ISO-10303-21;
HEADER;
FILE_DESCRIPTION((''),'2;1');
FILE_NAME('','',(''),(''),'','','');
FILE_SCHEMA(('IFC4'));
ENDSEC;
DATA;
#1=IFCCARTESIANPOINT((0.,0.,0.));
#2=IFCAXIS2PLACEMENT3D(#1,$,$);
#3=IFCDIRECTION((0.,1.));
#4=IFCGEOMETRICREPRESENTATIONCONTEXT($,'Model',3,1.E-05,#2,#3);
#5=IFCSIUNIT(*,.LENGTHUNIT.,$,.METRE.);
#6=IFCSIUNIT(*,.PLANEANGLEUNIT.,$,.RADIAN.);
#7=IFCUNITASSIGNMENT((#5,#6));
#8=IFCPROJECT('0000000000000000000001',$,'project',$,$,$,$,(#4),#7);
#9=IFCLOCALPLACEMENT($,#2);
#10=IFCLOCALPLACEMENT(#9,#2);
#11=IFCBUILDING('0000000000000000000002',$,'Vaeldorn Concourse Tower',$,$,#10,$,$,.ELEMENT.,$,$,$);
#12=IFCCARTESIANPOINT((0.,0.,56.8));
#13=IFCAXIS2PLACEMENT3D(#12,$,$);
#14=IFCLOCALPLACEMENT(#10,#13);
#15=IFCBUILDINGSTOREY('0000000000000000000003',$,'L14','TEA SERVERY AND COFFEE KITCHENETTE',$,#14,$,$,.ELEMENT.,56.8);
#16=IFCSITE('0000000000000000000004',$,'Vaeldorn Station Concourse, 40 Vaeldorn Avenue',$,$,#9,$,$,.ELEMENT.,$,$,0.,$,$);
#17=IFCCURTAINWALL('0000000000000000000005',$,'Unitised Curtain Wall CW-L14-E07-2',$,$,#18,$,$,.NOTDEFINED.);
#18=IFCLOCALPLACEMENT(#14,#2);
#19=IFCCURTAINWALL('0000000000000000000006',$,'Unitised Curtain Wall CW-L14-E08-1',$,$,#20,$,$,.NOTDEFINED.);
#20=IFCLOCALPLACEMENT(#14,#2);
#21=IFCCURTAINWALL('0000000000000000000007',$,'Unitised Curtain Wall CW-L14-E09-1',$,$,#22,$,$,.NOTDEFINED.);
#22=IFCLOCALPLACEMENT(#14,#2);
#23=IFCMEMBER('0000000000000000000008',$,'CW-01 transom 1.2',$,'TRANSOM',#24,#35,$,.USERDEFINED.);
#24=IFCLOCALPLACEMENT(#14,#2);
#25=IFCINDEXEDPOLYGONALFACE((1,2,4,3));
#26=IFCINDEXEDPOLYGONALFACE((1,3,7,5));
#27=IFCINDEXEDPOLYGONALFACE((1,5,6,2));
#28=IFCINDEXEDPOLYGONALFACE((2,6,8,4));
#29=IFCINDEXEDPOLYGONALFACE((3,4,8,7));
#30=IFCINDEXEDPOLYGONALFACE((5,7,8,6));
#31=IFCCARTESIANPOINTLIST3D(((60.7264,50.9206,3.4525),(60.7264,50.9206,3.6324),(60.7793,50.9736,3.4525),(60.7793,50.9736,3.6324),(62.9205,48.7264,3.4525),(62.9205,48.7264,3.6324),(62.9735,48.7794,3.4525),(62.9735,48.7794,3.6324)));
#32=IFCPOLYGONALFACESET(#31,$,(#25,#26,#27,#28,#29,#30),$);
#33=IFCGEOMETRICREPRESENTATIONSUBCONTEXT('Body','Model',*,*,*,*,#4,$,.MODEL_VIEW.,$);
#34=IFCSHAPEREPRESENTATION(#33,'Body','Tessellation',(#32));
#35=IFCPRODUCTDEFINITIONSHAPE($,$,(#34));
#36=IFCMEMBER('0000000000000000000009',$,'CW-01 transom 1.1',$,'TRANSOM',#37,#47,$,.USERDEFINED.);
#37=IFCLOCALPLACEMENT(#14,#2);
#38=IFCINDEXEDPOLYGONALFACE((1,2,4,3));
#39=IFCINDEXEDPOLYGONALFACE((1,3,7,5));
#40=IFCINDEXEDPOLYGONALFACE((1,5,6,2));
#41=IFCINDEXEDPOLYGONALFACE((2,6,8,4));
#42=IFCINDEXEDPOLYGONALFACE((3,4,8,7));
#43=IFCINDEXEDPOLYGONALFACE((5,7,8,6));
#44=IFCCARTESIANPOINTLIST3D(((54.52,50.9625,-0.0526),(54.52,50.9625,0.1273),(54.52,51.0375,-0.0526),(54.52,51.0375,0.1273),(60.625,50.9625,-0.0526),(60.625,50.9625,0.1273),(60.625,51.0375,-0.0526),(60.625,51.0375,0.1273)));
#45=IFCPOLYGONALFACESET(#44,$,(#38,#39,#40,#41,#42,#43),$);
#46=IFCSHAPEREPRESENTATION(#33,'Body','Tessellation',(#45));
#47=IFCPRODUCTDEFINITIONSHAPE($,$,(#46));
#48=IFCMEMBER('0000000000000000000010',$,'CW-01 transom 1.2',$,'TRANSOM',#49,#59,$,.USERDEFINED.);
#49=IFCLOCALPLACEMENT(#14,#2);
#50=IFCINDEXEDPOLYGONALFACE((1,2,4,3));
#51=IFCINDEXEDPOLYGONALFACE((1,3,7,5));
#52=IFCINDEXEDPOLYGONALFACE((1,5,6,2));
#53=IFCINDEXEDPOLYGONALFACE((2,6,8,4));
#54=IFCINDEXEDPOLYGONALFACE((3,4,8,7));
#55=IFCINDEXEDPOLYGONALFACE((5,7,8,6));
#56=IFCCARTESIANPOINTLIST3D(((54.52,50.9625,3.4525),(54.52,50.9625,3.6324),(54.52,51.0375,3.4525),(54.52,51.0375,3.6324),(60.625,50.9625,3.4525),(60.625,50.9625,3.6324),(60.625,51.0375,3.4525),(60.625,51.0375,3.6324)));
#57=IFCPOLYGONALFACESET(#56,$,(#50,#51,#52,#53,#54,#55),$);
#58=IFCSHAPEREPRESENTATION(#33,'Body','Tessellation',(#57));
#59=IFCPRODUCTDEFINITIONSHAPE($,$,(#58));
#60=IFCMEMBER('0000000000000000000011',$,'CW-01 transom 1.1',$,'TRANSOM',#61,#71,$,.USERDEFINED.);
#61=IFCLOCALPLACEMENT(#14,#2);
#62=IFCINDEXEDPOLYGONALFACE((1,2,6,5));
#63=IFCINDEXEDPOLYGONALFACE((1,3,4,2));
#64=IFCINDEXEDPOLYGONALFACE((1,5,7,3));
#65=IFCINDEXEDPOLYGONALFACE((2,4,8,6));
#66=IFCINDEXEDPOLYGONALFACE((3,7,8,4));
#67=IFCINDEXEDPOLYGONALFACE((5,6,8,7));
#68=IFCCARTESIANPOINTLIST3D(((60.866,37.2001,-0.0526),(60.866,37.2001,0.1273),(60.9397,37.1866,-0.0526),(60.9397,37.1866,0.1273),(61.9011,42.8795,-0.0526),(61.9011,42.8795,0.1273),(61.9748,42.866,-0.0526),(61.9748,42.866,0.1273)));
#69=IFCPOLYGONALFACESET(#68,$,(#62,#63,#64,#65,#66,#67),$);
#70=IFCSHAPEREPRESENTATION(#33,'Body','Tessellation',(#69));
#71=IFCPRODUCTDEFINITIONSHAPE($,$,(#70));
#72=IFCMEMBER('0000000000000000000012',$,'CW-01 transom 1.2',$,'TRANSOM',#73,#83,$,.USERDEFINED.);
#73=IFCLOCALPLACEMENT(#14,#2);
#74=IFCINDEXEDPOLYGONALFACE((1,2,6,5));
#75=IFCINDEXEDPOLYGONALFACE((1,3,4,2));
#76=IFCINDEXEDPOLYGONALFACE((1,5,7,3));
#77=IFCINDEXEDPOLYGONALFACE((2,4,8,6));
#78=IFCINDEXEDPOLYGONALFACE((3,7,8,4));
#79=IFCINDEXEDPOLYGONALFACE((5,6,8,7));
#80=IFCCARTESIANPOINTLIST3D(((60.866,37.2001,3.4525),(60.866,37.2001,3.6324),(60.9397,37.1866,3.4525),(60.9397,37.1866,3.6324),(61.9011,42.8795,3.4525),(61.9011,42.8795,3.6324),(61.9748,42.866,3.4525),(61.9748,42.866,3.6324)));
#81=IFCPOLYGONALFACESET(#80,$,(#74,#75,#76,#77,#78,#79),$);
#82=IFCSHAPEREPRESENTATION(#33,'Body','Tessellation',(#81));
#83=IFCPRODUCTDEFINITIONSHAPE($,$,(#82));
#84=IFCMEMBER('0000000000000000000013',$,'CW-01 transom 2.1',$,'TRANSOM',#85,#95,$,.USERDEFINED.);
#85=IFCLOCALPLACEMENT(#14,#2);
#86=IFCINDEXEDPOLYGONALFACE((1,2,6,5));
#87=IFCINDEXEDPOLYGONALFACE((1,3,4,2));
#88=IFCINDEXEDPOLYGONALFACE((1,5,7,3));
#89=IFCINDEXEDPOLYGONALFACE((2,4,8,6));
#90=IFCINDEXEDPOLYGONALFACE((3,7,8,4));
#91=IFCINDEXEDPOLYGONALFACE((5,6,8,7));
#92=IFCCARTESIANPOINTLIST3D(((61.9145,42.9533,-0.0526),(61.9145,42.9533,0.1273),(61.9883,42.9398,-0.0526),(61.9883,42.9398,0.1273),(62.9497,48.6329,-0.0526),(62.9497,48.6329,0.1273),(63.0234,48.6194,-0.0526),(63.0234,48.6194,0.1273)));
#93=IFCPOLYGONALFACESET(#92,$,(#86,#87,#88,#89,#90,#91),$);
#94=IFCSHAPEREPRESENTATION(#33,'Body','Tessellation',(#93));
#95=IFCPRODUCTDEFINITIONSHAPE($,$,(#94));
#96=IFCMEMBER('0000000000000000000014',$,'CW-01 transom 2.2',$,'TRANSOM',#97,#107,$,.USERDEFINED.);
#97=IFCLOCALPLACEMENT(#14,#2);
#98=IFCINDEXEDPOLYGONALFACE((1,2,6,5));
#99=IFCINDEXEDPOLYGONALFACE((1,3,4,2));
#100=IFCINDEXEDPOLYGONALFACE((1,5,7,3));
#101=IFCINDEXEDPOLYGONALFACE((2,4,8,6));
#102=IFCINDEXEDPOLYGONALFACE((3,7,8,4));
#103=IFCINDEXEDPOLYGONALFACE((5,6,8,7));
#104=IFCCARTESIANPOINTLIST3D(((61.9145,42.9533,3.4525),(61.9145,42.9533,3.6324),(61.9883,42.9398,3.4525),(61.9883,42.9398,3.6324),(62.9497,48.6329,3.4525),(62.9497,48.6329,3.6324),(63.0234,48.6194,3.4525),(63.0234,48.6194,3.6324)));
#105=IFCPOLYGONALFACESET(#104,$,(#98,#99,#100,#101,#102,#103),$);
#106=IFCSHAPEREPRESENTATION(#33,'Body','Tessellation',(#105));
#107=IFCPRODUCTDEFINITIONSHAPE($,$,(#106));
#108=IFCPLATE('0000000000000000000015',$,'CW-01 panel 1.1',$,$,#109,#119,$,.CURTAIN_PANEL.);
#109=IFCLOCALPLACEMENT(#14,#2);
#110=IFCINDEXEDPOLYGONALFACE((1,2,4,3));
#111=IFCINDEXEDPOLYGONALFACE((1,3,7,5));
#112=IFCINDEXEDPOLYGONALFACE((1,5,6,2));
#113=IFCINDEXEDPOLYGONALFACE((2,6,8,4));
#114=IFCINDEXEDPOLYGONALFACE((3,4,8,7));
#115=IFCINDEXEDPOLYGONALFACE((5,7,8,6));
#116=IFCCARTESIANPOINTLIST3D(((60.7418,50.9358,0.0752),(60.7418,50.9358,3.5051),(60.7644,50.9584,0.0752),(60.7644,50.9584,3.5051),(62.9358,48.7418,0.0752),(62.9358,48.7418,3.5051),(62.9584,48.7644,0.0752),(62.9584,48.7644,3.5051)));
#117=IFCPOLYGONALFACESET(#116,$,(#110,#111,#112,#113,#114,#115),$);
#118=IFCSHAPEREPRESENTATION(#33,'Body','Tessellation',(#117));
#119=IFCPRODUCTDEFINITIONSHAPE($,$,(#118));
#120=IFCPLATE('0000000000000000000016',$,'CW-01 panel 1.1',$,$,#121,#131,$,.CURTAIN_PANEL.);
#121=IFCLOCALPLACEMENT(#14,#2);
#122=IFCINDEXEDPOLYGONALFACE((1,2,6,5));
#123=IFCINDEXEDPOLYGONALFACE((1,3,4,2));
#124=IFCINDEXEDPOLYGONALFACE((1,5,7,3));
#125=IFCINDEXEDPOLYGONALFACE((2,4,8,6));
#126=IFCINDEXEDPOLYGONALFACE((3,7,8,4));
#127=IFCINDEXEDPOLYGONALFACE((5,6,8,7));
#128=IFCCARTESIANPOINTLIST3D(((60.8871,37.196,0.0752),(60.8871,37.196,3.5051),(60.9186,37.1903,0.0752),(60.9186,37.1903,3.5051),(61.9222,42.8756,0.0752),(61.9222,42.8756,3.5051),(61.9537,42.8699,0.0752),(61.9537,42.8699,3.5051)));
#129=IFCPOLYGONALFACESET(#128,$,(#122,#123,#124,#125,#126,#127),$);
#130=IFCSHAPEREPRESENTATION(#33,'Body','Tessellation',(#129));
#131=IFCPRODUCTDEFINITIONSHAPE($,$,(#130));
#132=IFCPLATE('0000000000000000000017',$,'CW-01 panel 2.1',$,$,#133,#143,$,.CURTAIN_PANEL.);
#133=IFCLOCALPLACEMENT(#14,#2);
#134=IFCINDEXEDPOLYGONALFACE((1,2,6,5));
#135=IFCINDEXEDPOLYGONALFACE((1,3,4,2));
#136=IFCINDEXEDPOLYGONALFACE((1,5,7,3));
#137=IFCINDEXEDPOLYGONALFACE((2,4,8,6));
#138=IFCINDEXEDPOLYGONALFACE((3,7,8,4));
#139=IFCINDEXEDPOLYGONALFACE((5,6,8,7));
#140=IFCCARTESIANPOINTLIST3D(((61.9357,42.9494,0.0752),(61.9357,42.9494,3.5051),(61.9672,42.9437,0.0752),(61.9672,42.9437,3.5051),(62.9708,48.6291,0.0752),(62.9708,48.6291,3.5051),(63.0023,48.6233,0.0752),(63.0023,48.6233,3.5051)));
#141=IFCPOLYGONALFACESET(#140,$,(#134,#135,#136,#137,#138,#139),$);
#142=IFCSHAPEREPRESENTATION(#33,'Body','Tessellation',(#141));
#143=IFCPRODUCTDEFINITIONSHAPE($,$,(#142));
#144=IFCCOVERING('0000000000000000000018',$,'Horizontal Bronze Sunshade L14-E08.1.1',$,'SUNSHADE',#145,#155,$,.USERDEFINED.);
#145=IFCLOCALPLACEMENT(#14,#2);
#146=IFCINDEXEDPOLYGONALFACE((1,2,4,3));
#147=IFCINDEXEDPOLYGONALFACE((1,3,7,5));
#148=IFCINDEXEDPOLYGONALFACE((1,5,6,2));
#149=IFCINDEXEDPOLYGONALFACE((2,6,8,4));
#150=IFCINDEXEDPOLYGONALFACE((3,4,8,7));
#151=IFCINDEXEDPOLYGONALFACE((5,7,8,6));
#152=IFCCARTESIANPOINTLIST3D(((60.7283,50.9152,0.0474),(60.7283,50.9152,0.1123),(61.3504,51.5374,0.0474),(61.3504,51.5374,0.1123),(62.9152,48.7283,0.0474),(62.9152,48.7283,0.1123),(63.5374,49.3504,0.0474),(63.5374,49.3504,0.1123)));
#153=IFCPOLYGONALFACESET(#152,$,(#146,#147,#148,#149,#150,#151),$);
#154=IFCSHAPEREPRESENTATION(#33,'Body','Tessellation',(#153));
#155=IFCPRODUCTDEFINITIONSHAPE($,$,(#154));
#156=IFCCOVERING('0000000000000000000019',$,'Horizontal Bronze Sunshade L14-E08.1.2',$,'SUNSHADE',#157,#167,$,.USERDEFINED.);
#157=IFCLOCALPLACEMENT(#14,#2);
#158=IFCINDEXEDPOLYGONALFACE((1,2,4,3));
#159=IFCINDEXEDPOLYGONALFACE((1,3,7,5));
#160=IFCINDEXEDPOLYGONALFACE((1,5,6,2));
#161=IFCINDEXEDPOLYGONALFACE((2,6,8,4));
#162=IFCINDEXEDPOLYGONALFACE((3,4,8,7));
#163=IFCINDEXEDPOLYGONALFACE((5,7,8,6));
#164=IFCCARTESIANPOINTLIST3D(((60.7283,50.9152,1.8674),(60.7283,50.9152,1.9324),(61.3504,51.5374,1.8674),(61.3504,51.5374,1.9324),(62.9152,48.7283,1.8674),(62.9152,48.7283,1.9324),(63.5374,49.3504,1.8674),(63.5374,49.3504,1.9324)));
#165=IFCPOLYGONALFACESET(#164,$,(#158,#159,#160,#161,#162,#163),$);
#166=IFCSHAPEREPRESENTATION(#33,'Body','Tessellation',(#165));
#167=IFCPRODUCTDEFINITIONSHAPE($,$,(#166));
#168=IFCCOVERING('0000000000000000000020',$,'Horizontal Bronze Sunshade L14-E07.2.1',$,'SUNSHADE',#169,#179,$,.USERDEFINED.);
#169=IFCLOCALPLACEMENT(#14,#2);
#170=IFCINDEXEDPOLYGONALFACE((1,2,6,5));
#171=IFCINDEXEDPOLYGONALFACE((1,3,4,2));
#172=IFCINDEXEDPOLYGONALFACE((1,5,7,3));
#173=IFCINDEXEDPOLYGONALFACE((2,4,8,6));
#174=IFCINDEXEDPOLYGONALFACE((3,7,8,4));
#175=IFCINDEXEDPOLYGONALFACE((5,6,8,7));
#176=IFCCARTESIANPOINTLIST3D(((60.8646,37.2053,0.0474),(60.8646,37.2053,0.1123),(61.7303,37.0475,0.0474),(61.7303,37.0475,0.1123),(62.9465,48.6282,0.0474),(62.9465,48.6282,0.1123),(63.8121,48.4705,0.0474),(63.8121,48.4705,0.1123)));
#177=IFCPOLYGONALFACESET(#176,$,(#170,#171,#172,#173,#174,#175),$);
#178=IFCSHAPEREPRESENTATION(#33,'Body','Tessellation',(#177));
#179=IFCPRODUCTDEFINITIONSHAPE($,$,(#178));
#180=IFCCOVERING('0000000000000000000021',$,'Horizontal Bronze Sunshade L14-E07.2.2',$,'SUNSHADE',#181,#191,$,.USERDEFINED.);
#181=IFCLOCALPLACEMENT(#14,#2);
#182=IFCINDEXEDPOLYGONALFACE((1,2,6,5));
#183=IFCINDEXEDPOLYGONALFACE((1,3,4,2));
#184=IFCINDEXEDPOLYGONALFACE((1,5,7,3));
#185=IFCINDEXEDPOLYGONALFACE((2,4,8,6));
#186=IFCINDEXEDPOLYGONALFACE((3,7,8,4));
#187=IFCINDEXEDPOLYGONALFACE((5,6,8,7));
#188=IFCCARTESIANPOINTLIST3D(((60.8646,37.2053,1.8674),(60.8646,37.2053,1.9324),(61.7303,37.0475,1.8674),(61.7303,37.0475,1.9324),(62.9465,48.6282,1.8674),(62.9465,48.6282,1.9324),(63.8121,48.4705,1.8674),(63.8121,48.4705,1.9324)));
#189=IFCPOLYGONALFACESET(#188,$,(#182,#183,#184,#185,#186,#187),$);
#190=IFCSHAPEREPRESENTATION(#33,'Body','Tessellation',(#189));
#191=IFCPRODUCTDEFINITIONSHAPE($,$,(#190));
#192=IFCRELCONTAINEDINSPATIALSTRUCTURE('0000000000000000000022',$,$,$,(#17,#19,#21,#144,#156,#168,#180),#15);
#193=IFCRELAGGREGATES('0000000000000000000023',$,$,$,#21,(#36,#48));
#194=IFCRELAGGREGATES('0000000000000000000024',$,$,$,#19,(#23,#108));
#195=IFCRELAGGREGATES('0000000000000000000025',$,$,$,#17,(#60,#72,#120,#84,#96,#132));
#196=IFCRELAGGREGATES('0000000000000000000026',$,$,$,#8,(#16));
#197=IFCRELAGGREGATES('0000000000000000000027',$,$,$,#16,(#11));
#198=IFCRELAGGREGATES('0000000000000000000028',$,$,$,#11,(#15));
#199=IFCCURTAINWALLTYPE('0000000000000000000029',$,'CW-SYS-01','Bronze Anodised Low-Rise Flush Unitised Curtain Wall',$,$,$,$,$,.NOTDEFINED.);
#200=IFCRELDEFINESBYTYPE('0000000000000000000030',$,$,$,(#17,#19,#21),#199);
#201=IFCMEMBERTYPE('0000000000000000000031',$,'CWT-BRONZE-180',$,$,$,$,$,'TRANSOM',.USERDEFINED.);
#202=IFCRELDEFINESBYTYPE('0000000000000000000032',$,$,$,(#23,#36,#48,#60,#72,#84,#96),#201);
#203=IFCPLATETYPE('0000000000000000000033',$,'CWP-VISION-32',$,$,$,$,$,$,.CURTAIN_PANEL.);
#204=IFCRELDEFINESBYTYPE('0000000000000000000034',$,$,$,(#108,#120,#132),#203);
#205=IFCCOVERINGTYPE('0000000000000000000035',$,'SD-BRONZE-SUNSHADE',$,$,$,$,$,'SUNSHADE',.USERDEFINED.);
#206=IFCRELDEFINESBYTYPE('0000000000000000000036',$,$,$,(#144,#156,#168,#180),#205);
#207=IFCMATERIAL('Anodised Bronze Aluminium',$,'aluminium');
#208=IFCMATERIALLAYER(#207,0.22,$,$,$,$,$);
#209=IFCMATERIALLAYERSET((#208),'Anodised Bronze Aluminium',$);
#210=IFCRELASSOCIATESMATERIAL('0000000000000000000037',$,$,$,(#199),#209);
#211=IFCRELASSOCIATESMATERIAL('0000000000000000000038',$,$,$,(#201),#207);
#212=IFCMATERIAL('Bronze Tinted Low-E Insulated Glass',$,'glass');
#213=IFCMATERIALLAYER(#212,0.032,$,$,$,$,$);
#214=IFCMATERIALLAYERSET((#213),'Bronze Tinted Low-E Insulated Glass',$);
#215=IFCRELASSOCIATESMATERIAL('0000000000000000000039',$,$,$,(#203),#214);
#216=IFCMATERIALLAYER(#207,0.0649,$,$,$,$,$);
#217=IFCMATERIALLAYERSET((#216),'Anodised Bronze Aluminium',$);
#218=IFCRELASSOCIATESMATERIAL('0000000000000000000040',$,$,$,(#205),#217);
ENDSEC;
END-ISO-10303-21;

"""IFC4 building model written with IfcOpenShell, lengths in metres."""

from ifc_helpers import new_model, si_unit, direction, frame, origin, origin_2d, place, context, subcontext, project, spatial, rectangle, extrude, source, transform, mapped, material, layer, layer_set, material_profile, profile_set, type_object, element, aggregate, save


model = new_model("IFC4")

# Units and contexts
model_context = context("Model", 3, precision=1e-05, world=origin(), true_north=direction((0.0, 1.0)))
body_context = subcontext(model_context, "Body", "Model", "MODEL_VIEW")
ifc_project = project(units=[si_unit("LENGTHUNIT", "METRE"), si_unit("PLANEANGLEUNIT", "RADIAN")], contexts=[model_context])

# Site, building, storey
site_placement = place(None, origin())
site = spatial("IfcSite", under=ifc_project, at=site_placement, Name="Vaeldorn Station Concourse, 40 Vaeldorn Avenue", CompositionType="ELEMENT", RefElevation=0.0)
building_placement = place(site_placement, origin())
building = spatial("IfcBuilding", under=site, at=building_placement, Name="Vaeldorn Concourse Tower", CompositionType="ELEMENT")
storey_placement = place(building_placement, frame((0.0, 0.0, 56.8)))
storey = spatial("IfcBuildingStorey", under=building, at=storey_placement, Name="L14", Description="TEA SERVERY AND COFFEE KITCHENETTE", CompositionType="ELEMENT", Elevation=56.8)

# Curtain walls
ifc_material_1 = material(Name="Anodised Bronze Aluminium", Category="aluminium")
ifc_layer_1 = layer(ifc_material_1, 0.22)
ifc_layer_set_1 = layer_set([ifc_layer_1], Name="Anodised Bronze Aluminium")
curtain_wall_type = type_object("IfcCurtainWallType", Name="CW-SYS-01", Description="Bronze Anodised Low-Rise Flush Unitised Curtain Wall", PredefinedType="NOTDEFINED", material=ifc_layer_set_1)
curtain_wall_1_placement = place(storey_placement, origin())
curtain_wall_1 = element("IfcCurtainWall", 1, at=curtain_wall_1_placement, inside=storey, type_object=curtain_wall_type, Name="Unitised Curtain Wall CW-L14-E07-2", PredefinedType="NOTDEFINED")
curtain_wall_2_placement = place(storey_placement, origin())
curtain_wall_2 = element("IfcCurtainWall", 2, at=curtain_wall_2_placement, inside=storey, type_object=curtain_wall_type, Name="Unitised Curtain Wall CW-L14-E08-1", PredefinedType="NOTDEFINED")

# Curtain wall
curtain_wall_3_placement = place(storey_placement, origin())
curtain_wall_3 = element("IfcCurtainWall", 3, at=curtain_wall_3_placement, inside=storey, type_object=curtain_wall_type, Name="Unitised Curtain Wall CW-L14-E09-1", PredefinedType="NOTDEFINED")

# Members
ifc_material_profile_1 = material_profile(ifc_material_1, rectangle(XDim=0.075, YDim=0.1799, at=origin_2d()), Name="CWT 75x180")
ifc_profile_set_1 = profile_set([ifc_material_profile_1], Name="Anodised Bronze Aluminium")
member_type_1 = type_object("IfcMemberType", Name="CWT-BRONZE-180", ElementType="TRANSOM", PredefinedType="USERDEFINED", material=ifc_profile_set_1)
shared_shape_1 = source(origin(), body_context, "Body", "SweptSolid", [
    extrude(rectangle(XDim=0.075, YDim=0.1799, at=origin_2d()), origin(), (0.0, 0.0, 1.0), 3.103),
])
member_1_placement = place(storey_placement, frame((62.947, 48.7529, 3.5425), z_axis=(-0.707107, 0.707107, 0.0), x_axis=(-0.707107, -0.707107, 0.0)))
member_1 = element("IfcMember", 4, at=member_1_placement, type_object=member_type_1, Name="CW-01 transom 1.2", ObjectType="TRANSOM", PredefinedType="USERDEFINED", context=body_context, shape_type="MappedRepresentation", body=[
    mapped(shared_shape_1, transform((0.0, 0.0, 0.0), scale=1.0)),
])
shared_shape_2 = source(origin(), body_context, "Body", "SweptSolid", [
    extrude(rectangle(XDim=0.075, YDim=0.1799, at=origin_2d()), origin(), (0.0, 0.0, 1.0), 6.105),
])
member_2_placement = place(storey_placement, frame((60.625, 51.0, 0.0374), z_axis=(-1.0, 0.0, 0.0), x_axis=(0.0, -1.0, 0.0)))
member_2 = element("IfcMember", 5, at=member_2_placement, type_object=member_type_1, Name="CW-01 transom 1.1", ObjectType="TRANSOM", PredefinedType="USERDEFINED", context=body_context, shape_type="MappedRepresentation", body=[
    mapped(shared_shape_2, transform((0.0, 0.0, 0.0), scale=1.0)),
])
member_3_placement = place(storey_placement, frame((60.625, 51.0, 3.5425), z_axis=(-1.0, 0.0, 0.0), x_axis=(0.0, -1.0, 0.0)))
member_3 = element("IfcMember", 6, at=member_3_placement, type_object=member_type_1, Name="CW-01 transom 1.2", ObjectType="TRANSOM", PredefinedType="USERDEFINED", context=body_context, shape_type="MappedRepresentation", body=[
    mapped(shared_shape_2, transform((0.0, 0.0, 0.0), scale=1.0)),
])
aggregate(curtain_wall_3, [member_2, member_3])
shared_shape_3 = source(origin(), body_context, "Body", "SweptSolid", [
    extrude(rectangle(XDim=0.075, YDim=0.1799, at=origin_2d()), origin(), (0.0, 0.0, 1.0), 5.7729),
])
member_4_placement = place(storey_placement, frame((60.9028, 37.1934, 0.0374), z_axis=(0.17931, 0.983793, 0.0), x_axis=(-0.983793, 0.17931, 0.0)))
member_4 = element("IfcMember", 7, at=member_4_placement, type_object=member_type_1, Name="CW-01 transom 1.1", ObjectType="TRANSOM", PredefinedType="USERDEFINED", context=body_context, shape_type="MappedRepresentation", body=[
    mapped(shared_shape_3, transform((0.0, 0.0, 0.0), scale=1.0)),
])
member_5_placement = place(storey_placement, frame((60.9028, 37.1934, 3.5425), z_axis=(0.17931, 0.983793, 0.0), x_axis=(-0.983793, 0.17931, 0.0)))
member_5 = element("IfcMember", 8, at=member_5_placement, type_object=member_type_1, Name="CW-01 transom 1.2", ObjectType="TRANSOM", PredefinedType="USERDEFINED", context=body_context, shape_type="MappedRepresentation", body=[
    mapped(shared_shape_3, transform((0.0, 0.0, 0.0), scale=1.0)),
])
shared_shape_4 = source(origin(), body_context, "Body", "SweptSolid", [
    extrude(rectangle(XDim=0.075, YDim=0.1799, at=origin_2d()), origin(), (0.0, 0.0, 1.0), 5.7732),
])
member_6_placement = place(storey_placement, frame((61.9514, 42.9465, 0.0374), z_axis=(0.179302, 0.983794, 0.0), x_axis=(-0.983794, 0.179302, 0.0)))
member_6 = element("IfcMember", 9, at=member_6_placement, type_object=member_type_1, Name="CW-01 transom 2.1", ObjectType="TRANSOM", PredefinedType="USERDEFINED", context=body_context, shape_type="MappedRepresentation", body=[
    mapped(shared_shape_4, transform((0.0, 0.0, 0.0), scale=1.0)),
])
member_7_placement = place(storey_placement, frame((61.9514, 42.9465, 3.5425), z_axis=(0.179302, 0.983794, 0.0), x_axis=(-0.983794, 0.179302, 0.0)))
member_7 = element("IfcMember", 10, at=member_7_placement, type_object=member_type_1, Name="CW-01 transom 2.2", ObjectType="TRANSOM", PredefinedType="USERDEFINED", context=body_context, shape_type="MappedRepresentation", body=[
    mapped(shared_shape_4, transform((0.0, 0.0, 0.0), scale=1.0)),
])

# Plates
ifc_material_2 = material(Name="Bronze Tinted Low-E Insulated Glass", Category="glass")
ifc_layer_2 = layer(ifc_material_2, 0.032)
ifc_layer_set_2 = layer_set([ifc_layer_2], Name="Bronze Tinted Low-E Insulated Glass")
plate_type = type_object("IfcPlateType", Name="CWP-VISION-32", PredefinedType="CURTAIN_PANEL", material=ifc_layer_set_2)
shared_shape_5 = source(origin(), body_context, "Body", "SweptSolid", [
    extrude(rectangle(XDim=3.1028, YDim=0.032, at=origin_2d()), origin(), (0.0, 0.0, 1.0), 3.4299),
])
plate_1_placement = place(storey_placement, frame((61.8501, 49.8501, 0.0752), z_axis=(0.0, 0.0, 1.0), x_axis=(-0.707107, 0.707107, 0.0)))
plate_1 = element("IfcPlate", 11, at=plate_1_placement, type_object=plate_type, Name="CW-01 panel 1.1", PredefinedType="CURTAIN_PANEL", context=body_context, shape_type="MappedRepresentation", body=[
    mapped(shared_shape_5, transform((0.0, 0.0, 0.0), scale=1.0)),
])
aggregate(curtain_wall_2, [member_1, plate_1])
shared_shape_6 = source(origin(), body_context, "Body", "SweptSolid", [
    extrude(rectangle(XDim=5.7732, YDim=0.032, at=origin_2d()), origin(), (0.0, 0.0, 1.0), 3.4299),
])
plate_2_placement = place(storey_placement, frame((61.4204, 40.033, 0.0752), z_axis=(0.0, 0.0, 1.0), x_axis=(0.179293, 0.983796, 0.0)))
plate_2 = element("IfcPlate", 12, at=plate_2_placement, type_object=plate_type, Name="CW-01 panel 1.1", PredefinedType="CURTAIN_PANEL", context=body_context, shape_type="MappedRepresentation", body=[
    mapped(shared_shape_6, transform((0.0, 0.0, 0.0), scale=1.0)),
])
plate_3_placement = place(storey_placement, frame((62.469, 45.7864, 0.0752), z_axis=(0.0, 0.0, 1.0), x_axis=(0.179293, 0.983796, 0.0)))
plate_3 = element("IfcPlate", 13, at=plate_3_placement, type_object=plate_type, Name="CW-01 panel 2.1", PredefinedType="CURTAIN_PANEL", context=body_context, shape_type="MappedRepresentation", body=[
    mapped(shared_shape_6, transform((0.0, 0.0, 0.0), scale=1.0)),
])
aggregate(curtain_wall_1, [member_4, member_5, plate_2, member_6, member_7, plate_3])

# Coverings
ifc_layer_3 = layer(ifc_material_1, 0.0649)
ifc_layer_set_3 = layer_set([ifc_layer_3], Name="Anodised Bronze Aluminium")
covering_type = type_object("IfcCoveringType", Name="SD-BRONZE-SUNSHADE", ElementType="SUNSHADE", PredefinedType="USERDEFINED", material=ifc_layer_set_3)
shared_shape_7 = source(origin(), body_context, "Body", "SweptSolid", [
    extrude(rectangle(XDim=3.0928, YDim=0.8799, at=origin_2d()), origin(), (0.0, 0.0, 1.0), 0.0649),
])
for number, where, z_axis, x_axis, name in (
    (14, (62.1328, 50.1328, 0.0474), (0.0, 0.0, 1.0), (-0.707107, 0.707107, 0.0), "Horizontal Bronze Sunshade L14-E08.1.1"),
    (15, (62.1328, 50.1328, 1.8674), (0.0, 0.0, 1.0), (-0.707107, 0.707107, 0.0), "Horizontal Bronze Sunshade L14-E08.1.2"),
):
    element("IfcCovering", number, at=place(storey_placement, frame(where, z_axis=z_axis, x_axis=x_axis)), inside=storey, type_object=covering_type, Name=name, ObjectType="SUNSHADE", PredefinedType="USERDEFINED", context=body_context, shape_type="MappedRepresentation", body=[
        mapped(shared_shape_7, transform((0.0, 0.0, 0.0), scale=1.0)),
    ])
shared_shape_8 = source(origin(), body_context, "Body", "SweptSolid", [
    extrude(rectangle(XDim=11.6111, YDim=0.8799, at=origin_2d()), origin(), (0.0, 0.0, 1.0), 0.0649),
])
for number, where, z_axis, x_axis, name in (
    (16, (62.3384, 42.8379, 0.0474), (0.0, 0.0, 1.0), (0.1793, 0.983794, 0.0), "Horizontal Bronze Sunshade L14-E07.2.1"),
    (17, (62.3384, 42.8379, 1.8674), (0.0, 0.0, 1.0), (0.1793, 0.983794, 0.0), "Horizontal Bronze Sunshade L14-E07.2.2"),
):
    element("IfcCovering", number, at=place(storey_placement, frame(where, z_axis=z_axis, x_axis=x_axis)), inside=storey, type_object=covering_type, Name=name, ObjectType="SUNSHADE", PredefinedType="USERDEFINED", context=body_context, shape_type="MappedRepresentation", body=[
        mapped(shared_shape_8, transform((0.0, 0.0, 0.0), scale=1.0)),
    ])

save(model, "model.ifc")
